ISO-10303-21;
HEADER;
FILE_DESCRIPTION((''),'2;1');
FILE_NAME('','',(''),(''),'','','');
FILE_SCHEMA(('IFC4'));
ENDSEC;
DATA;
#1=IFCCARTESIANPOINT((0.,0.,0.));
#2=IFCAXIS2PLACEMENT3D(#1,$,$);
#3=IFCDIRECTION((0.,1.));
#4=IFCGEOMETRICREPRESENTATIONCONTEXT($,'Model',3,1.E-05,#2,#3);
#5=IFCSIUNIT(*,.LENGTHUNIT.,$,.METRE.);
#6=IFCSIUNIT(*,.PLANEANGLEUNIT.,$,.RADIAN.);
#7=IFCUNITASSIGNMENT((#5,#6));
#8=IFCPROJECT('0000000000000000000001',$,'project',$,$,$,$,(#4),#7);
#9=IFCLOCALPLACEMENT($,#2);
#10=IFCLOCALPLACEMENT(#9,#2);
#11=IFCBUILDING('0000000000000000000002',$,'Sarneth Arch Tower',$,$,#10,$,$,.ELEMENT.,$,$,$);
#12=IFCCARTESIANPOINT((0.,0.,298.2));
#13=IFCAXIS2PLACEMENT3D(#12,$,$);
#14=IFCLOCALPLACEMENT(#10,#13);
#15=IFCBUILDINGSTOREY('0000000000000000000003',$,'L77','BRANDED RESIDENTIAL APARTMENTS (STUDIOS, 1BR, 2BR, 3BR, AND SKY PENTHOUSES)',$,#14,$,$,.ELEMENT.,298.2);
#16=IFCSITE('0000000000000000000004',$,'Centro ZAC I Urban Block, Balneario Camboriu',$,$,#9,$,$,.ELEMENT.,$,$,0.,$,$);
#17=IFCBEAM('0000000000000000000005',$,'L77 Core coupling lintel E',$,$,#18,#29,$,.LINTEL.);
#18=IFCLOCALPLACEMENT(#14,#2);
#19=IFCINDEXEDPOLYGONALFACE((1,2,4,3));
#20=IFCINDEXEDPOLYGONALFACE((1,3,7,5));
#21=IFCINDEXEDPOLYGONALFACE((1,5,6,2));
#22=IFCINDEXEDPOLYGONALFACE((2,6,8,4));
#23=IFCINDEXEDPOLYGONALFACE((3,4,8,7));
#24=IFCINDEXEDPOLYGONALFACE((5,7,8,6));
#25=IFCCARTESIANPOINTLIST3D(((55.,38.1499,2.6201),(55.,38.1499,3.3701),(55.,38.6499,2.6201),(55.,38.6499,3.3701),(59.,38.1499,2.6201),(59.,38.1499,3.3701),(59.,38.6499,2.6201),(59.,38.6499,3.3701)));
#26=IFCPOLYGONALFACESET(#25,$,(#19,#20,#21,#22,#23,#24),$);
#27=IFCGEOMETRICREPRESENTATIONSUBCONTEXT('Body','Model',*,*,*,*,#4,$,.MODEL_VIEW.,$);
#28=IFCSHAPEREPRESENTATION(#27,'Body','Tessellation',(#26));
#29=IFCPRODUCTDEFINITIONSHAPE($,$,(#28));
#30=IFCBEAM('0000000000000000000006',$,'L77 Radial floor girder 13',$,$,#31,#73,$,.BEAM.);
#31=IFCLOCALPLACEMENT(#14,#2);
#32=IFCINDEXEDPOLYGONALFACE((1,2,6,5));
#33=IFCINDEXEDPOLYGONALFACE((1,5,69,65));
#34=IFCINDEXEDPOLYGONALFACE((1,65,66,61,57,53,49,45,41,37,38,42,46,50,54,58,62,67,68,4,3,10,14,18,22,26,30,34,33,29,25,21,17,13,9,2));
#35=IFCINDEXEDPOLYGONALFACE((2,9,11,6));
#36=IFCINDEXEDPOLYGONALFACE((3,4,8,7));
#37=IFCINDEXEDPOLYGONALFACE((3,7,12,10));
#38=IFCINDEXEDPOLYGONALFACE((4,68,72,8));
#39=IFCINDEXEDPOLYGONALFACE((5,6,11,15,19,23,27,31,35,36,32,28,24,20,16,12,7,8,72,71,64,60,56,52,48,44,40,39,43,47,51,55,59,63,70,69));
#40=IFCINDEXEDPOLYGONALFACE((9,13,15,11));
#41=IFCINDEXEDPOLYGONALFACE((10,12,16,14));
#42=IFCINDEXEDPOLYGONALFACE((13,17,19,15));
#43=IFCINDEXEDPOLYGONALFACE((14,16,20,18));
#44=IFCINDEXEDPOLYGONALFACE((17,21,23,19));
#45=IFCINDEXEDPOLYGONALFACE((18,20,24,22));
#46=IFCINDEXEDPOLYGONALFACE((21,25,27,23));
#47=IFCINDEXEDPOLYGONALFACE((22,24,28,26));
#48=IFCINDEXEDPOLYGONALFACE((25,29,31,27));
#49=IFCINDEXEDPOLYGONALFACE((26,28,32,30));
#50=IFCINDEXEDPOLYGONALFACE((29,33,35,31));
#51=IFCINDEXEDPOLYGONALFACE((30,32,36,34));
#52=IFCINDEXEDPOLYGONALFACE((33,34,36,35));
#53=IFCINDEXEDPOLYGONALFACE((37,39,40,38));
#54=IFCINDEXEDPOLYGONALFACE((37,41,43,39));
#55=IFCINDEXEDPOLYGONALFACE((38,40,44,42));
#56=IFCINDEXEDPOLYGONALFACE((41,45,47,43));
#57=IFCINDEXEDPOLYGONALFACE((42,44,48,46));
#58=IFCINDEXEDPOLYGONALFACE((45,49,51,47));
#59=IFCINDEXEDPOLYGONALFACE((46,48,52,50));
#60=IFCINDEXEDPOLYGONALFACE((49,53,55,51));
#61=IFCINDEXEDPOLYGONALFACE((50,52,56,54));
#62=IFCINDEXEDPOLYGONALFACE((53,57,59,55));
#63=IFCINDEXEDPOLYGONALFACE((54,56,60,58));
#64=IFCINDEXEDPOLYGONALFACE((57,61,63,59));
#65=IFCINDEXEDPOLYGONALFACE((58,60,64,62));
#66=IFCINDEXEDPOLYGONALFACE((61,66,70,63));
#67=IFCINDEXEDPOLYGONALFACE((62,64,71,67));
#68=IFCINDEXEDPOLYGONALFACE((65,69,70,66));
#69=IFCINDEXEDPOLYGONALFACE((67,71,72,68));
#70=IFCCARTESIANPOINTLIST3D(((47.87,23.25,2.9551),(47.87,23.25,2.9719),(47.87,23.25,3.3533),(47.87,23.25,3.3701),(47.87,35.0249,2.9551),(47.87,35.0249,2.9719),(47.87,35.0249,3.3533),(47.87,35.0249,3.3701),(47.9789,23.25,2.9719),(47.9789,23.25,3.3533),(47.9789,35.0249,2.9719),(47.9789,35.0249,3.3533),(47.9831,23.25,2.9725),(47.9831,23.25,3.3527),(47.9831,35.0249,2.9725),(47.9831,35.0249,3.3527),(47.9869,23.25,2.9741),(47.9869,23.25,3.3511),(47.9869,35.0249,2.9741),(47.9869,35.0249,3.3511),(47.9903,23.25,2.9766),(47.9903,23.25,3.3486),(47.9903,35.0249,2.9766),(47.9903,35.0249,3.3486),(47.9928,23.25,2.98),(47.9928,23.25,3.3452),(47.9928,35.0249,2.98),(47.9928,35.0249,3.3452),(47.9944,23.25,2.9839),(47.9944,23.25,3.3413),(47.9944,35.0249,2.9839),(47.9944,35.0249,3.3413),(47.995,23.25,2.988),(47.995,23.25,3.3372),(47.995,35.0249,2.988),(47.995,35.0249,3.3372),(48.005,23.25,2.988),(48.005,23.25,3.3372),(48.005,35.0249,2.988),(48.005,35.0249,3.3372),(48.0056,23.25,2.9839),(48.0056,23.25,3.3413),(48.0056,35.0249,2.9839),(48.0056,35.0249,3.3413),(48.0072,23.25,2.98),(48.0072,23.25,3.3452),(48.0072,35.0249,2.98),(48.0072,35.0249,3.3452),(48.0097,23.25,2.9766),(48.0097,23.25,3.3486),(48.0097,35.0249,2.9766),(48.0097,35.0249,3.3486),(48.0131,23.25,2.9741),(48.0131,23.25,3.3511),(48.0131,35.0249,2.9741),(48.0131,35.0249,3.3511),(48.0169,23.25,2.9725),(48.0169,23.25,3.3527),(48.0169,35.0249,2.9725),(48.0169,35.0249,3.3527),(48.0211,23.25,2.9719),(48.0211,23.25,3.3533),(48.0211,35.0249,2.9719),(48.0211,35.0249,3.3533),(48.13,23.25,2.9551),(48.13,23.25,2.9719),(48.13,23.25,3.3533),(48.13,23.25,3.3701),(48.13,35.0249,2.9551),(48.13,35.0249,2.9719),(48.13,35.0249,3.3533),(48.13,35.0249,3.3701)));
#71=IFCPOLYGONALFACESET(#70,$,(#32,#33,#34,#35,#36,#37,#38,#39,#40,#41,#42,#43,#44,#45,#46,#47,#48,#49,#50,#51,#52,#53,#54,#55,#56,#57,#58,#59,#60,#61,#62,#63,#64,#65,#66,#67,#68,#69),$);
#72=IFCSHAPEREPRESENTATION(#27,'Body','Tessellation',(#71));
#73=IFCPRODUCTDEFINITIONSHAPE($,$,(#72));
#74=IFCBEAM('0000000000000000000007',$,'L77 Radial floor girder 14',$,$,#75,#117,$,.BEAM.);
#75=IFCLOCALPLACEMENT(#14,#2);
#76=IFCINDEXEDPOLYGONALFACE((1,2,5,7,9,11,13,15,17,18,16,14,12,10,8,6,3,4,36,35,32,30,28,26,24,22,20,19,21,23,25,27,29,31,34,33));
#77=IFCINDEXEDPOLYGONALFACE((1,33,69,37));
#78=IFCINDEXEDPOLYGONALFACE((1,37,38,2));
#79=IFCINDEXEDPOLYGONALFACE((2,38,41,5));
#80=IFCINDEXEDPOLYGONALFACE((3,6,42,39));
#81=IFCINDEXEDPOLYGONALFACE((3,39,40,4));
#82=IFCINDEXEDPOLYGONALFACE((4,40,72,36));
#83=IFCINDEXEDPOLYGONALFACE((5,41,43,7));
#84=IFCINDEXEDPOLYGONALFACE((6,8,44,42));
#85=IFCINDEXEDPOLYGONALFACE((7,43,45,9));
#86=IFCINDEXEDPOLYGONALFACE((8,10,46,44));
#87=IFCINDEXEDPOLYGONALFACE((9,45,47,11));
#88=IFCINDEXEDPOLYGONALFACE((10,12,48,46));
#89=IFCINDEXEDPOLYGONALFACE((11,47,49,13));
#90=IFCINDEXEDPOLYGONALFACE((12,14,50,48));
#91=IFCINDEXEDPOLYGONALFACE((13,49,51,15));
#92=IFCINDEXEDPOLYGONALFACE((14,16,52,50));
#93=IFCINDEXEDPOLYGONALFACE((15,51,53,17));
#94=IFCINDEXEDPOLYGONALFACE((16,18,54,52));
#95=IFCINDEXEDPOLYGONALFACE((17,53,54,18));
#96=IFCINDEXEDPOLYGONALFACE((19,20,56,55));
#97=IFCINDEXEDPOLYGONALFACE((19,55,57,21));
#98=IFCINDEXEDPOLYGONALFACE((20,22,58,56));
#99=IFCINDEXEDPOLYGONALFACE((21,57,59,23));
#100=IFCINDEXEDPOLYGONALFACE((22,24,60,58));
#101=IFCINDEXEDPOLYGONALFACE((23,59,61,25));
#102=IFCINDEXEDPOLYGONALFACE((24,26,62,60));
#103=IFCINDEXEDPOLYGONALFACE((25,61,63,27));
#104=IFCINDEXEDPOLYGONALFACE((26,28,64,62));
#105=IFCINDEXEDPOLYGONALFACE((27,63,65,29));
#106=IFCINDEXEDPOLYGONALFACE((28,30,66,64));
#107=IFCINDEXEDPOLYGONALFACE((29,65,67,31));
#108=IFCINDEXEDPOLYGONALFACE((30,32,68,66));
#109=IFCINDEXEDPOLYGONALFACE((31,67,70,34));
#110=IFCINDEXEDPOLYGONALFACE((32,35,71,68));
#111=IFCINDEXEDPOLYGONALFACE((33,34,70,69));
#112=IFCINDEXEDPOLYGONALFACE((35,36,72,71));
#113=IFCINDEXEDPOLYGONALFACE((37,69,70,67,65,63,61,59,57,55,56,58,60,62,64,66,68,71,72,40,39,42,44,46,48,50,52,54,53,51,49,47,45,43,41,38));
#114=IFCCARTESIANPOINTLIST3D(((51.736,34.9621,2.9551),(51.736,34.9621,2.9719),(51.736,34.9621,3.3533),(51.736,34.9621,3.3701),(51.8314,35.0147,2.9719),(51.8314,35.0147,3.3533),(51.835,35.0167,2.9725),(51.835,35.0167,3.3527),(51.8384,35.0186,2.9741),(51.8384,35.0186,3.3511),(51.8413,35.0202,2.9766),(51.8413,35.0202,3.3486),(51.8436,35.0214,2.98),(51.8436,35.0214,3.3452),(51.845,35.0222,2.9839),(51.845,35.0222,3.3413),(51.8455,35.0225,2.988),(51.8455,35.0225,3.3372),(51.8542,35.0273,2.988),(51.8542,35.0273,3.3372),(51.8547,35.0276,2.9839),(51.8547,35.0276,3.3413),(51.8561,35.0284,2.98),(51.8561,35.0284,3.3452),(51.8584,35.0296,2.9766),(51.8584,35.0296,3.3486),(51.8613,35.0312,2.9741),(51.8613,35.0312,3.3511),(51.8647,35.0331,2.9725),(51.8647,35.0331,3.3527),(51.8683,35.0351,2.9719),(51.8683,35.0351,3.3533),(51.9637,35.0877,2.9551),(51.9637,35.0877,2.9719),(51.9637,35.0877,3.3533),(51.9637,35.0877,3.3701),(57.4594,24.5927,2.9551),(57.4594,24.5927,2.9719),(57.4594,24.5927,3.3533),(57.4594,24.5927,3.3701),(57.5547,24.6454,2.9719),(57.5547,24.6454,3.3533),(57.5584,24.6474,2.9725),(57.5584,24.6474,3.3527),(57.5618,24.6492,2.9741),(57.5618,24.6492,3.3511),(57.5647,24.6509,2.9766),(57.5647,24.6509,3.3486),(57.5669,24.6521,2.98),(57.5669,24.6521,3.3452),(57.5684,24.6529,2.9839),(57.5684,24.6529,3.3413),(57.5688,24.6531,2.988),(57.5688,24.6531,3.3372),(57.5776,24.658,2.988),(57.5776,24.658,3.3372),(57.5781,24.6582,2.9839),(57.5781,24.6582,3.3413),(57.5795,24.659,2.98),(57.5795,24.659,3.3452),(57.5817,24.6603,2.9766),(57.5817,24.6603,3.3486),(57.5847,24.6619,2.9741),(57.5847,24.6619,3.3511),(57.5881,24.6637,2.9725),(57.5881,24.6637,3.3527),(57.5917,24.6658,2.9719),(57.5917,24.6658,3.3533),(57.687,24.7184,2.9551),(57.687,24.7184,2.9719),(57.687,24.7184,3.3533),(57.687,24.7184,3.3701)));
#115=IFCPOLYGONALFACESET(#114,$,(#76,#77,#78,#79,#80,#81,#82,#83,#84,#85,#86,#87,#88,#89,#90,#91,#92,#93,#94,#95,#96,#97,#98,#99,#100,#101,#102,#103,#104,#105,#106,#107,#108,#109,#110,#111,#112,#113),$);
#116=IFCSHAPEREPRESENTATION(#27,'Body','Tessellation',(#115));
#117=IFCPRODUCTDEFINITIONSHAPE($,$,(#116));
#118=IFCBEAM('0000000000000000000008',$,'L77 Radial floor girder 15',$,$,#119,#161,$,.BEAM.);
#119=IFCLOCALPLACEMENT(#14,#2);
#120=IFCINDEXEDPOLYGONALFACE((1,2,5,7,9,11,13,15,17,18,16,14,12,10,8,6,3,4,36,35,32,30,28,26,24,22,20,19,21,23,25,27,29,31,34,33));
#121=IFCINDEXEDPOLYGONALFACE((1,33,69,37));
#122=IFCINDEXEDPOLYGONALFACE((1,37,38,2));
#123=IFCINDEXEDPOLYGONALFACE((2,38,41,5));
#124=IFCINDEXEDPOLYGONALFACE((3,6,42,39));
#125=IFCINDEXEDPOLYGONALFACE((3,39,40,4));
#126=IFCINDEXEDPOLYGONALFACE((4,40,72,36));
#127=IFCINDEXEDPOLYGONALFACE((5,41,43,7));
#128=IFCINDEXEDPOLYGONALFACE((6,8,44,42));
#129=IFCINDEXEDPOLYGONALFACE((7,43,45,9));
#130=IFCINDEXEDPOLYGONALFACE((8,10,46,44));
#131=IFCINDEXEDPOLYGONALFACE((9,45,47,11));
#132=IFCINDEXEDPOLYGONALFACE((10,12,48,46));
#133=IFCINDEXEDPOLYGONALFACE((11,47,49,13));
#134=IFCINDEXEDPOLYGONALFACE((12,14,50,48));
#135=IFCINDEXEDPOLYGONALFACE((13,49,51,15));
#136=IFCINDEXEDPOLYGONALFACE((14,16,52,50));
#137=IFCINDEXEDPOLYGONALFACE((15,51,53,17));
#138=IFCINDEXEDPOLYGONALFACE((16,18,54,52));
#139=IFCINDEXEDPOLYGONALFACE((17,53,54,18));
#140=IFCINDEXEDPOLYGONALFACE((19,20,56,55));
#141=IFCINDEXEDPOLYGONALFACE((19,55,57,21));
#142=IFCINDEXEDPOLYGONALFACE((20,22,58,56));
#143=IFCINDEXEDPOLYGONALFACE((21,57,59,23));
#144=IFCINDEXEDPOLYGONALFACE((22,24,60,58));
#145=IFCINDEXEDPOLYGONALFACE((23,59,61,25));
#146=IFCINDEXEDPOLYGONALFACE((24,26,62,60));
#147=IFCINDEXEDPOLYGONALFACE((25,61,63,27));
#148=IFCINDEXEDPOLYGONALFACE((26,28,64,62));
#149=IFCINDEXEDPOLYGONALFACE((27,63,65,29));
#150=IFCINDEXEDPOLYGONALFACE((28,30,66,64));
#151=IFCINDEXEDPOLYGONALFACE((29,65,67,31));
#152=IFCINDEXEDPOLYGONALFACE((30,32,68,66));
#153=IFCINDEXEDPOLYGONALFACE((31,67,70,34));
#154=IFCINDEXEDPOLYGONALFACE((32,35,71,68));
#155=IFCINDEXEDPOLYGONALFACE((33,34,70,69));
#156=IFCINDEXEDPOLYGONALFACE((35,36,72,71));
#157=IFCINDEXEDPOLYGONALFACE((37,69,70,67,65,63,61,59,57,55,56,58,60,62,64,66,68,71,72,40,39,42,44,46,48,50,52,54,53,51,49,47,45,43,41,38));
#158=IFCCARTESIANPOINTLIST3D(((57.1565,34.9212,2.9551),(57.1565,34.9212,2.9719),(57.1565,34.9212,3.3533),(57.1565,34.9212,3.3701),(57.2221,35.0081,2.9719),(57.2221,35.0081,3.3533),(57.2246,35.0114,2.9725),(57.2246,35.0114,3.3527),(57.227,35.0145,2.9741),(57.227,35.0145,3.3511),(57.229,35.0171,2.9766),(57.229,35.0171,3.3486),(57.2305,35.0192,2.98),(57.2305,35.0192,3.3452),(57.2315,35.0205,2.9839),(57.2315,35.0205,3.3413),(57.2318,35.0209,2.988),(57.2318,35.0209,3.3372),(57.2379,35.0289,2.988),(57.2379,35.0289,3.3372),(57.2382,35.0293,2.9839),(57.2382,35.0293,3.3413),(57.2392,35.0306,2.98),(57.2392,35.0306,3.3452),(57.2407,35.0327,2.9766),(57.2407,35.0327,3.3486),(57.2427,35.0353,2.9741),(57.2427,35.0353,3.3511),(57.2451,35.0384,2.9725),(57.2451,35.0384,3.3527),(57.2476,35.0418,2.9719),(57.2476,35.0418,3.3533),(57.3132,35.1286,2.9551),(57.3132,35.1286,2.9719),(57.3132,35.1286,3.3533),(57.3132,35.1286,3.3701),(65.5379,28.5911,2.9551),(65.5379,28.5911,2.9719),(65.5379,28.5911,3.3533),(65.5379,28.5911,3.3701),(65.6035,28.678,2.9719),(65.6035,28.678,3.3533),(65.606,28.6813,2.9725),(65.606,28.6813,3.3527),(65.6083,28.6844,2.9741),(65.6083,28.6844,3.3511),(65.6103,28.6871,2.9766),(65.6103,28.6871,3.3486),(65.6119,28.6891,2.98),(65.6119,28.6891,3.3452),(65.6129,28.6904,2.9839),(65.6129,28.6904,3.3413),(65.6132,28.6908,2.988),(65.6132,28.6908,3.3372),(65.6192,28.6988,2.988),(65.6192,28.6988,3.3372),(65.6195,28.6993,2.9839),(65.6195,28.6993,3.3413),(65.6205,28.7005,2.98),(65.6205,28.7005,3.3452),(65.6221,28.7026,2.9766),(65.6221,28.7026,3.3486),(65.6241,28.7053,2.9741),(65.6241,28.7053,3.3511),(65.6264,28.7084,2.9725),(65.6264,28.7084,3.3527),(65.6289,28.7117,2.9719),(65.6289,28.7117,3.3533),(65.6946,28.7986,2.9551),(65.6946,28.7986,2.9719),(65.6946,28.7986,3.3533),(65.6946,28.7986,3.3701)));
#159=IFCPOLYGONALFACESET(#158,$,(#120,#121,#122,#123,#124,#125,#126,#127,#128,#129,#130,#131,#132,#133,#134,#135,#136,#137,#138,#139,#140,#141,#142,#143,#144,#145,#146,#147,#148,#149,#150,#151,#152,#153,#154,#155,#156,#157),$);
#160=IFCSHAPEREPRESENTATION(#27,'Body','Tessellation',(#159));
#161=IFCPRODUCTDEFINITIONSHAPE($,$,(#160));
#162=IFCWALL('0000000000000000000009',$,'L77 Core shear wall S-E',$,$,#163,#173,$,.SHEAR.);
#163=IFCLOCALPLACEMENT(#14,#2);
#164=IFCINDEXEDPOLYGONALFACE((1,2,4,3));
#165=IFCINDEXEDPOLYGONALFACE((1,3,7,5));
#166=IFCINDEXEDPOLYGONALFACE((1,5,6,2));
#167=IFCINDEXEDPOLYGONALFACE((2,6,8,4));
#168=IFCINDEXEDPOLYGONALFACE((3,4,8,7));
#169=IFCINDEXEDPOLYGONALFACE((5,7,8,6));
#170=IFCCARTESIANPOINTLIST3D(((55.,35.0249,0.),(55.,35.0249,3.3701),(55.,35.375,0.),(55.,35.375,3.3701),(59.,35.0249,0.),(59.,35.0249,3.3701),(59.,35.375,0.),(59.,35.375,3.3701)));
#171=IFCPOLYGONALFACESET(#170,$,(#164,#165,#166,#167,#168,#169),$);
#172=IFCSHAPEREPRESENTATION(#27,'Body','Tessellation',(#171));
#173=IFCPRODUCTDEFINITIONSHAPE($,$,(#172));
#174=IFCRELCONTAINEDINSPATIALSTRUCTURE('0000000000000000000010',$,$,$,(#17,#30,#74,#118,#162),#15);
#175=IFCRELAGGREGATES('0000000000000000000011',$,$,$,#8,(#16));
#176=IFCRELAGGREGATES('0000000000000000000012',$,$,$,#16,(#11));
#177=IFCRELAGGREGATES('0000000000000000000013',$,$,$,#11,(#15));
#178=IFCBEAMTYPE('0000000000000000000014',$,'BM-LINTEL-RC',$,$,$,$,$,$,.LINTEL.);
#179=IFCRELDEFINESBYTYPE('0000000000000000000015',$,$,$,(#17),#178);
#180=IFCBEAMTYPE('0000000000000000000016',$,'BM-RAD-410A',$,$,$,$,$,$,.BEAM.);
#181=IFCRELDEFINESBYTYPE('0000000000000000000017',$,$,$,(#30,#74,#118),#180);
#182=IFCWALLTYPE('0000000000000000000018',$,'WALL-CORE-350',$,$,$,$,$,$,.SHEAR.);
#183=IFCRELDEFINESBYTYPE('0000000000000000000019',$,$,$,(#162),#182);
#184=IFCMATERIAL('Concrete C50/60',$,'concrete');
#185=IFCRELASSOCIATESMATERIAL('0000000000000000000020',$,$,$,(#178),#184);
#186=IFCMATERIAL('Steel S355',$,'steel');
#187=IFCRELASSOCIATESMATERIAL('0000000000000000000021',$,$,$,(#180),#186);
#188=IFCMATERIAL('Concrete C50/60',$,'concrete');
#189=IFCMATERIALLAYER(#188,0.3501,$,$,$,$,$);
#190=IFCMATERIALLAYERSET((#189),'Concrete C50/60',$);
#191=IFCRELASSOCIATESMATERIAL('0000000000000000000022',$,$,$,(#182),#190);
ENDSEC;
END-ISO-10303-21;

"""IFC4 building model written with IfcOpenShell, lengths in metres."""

from ifc_helpers import new_model, si_unit, direction, frame, frame_2d, origin, origin_2d, place, context, subcontext, project, spatial, rectangle, i_section, extrude, material, layer, layer_set, material_profile, profile_set, type_object, element, save


model = new_model("IFC4")

# Units and contexts
model_context = context("Model", 3, precision=1e-05, world=origin(), true_north=direction((0.0, 1.0)))
body_context = subcontext(model_context, "Body", "Model", "MODEL_VIEW")
ifc_project = project(units=[si_unit("LENGTHUNIT", "METRE"), si_unit("PLANEANGLEUNIT", "RADIAN")], contexts=[model_context])

# Site, building, storey
site_placement = place(None, origin())
site = spatial("IfcSite", under=ifc_project, at=site_placement, Name="Centro ZAC I Urban Block, Balneario Camboriu", CompositionType="ELEMENT", RefElevation=0.0)
building_placement = place(site_placement, origin())
building = spatial("IfcBuilding", under=site, at=building_placement, Name="Sarneth Arch Tower", CompositionType="ELEMENT")
storey_placement = place(building_placement, frame((0.0, 0.0, 298.2)))
storey = spatial("IfcBuildingStorey", under=building, at=storey_placement, Name="L77", Description="BRANDED RESIDENTIAL APARTMENTS (STUDIOS, 1BR, 2BR, 3BR, AND SKY PENTHOUSES)", CompositionType="ELEMENT", Elevation=298.2)

# Beams
ifc_material_1 = material(Name="Concrete C50/60", Category="concrete")
ifc_material_profile_1 = material_profile(ifc_material_1, rectangle(XDim=0.5, YDim=0.75, at=origin_2d()), Name="RC-500x750")
ifc_profile_set_1 = profile_set([ifc_material_profile_1], Name="Concrete C50/60")
beam_type_1 = type_object("IfcBeamType", Name="BM-LINTEL-RC", PredefinedType="LINTEL", material=ifc_profile_set_1)
beam_1_placement = place(storey_placement, frame((55.0, 38.3999, 2.9951), z_axis=(1.0, 0.0, 0.0), x_axis=(0.0, 1.0, 0.0)))
element("IfcBeam", 1, at=beam_1_placement, inside=storey, type_object=beam_type_1, Name="L77 Core coupling lintel E", PredefinedType="LINTEL", context=body_context, shape_type="SweptSolid", body=[
    extrude(rectangle(XDim=0.5, YDim=0.75, at=origin_2d()), origin(), (0.0, 0.0, 1.0), 4.0),
])
ifc_material_2 = material(Name="Steel S355", Category="steel")
ifc_material_profile_2 = material_profile(ifc_material_2, i_section(OverallWidth=0.26, OverallDepth=0.415, WebThickness=0.01, FlangeThickness=0.0168, FilletRadius=0.0161, at=origin_2d()), Name="W410x100")
ifc_profile_set_2 = profile_set([ifc_material_profile_2], Name="Steel S355")
beam_type_2 = type_object("IfcBeamType", Name="BM-RAD-410A", PredefinedType="BEAM", material=ifc_profile_set_2)
beam_2_placement = place(storey_placement, frame((48.0, 35.0249, 3.1626), z_axis=(0.0, -1.0, 0.0), x_axis=(1.0, 0.0, 0.0)))
element("IfcBeam", 2, at=beam_2_placement, inside=storey, type_object=beam_type_2, Name="L77 Radial floor girder 13", PredefinedType="BEAM", context=body_context, shape_type="SweptSolid", body=[
    extrude(i_section(OverallWidth=0.26, OverallDepth=0.415, WebThickness=0.01, FlangeThickness=0.0168, FilletRadius=0.0161, at=origin_2d()), origin(), (0.0, 0.0, 1.0), 11.7749),
])
beam_3_placement = place(storey_placement, frame((51.8499, 35.0249, 3.1626), z_axis=(0.483229, -0.875494, 0.0), x_axis=(0.875494, 0.483229, 0.0)))
element("IfcBeam", 3, at=beam_3_placement, inside=storey, type_object=beam_type_2, Name="L77 Radial floor girder 14", PredefinedType="BEAM", context=body_context, shape_type="SweptSolid", body=[
    extrude(i_section(OverallWidth=0.26, OverallDepth=0.415, WebThickness=0.01, FlangeThickness=0.0168, FilletRadius=0.0161, at=origin_2d()), origin(), (0.0, 0.0, 1.0), 11.844),
])
beam_4_placement = place(storey_placement, frame((57.2349, 35.0249, 3.1626), z_axis=(0.797982, -0.602682, 0.0), x_axis=(0.602682, 0.797982, 0.0)))
element("IfcBeam", 4, at=beam_4_placement, inside=storey, type_object=beam_type_2, Name="L77 Radial floor girder 15", PredefinedType="BEAM", context=body_context, shape_type="SweptSolid", body=[
    extrude(i_section(OverallWidth=0.26, OverallDepth=0.415, WebThickness=0.01, FlangeThickness=0.0168, FilletRadius=0.0161, at=origin_2d()), origin(), (0.0, 0.0, 1.0), 10.5032),
])

# Wall
ifc_material_3 = material(Name="Concrete C50/60", Category="concrete")
ifc_layer_1 = layer(ifc_material_3, 0.3501)
ifc_layer_set_1 = layer_set([ifc_layer_1], Name="Concrete C50/60")
wall_type_1 = type_object("IfcWallType", Name="WALL-CORE-350", PredefinedType="SHEAR", material=ifc_layer_set_1)
wall_1_placement = place(storey_placement, frame((55.0, 35.2, 0.0), z_axis=(0.0, 0.0, 1.0), x_axis=(1.0, 0.0, 0.0)))
element("IfcWall", 5, at=wall_1_placement, inside=storey, type_object=wall_type_1, Name="L77 Core shear wall S-E", PredefinedType="SHEAR", context=body_context, shape_type="SweptSolid", body=[
    extrude(rectangle(XDim=4.0, YDim=0.3501, at=frame_2d((2.0, 0.0))), origin(), (0.0, 0.0, 1.0), 3.3701),
])

save(model, "model.ifc")
